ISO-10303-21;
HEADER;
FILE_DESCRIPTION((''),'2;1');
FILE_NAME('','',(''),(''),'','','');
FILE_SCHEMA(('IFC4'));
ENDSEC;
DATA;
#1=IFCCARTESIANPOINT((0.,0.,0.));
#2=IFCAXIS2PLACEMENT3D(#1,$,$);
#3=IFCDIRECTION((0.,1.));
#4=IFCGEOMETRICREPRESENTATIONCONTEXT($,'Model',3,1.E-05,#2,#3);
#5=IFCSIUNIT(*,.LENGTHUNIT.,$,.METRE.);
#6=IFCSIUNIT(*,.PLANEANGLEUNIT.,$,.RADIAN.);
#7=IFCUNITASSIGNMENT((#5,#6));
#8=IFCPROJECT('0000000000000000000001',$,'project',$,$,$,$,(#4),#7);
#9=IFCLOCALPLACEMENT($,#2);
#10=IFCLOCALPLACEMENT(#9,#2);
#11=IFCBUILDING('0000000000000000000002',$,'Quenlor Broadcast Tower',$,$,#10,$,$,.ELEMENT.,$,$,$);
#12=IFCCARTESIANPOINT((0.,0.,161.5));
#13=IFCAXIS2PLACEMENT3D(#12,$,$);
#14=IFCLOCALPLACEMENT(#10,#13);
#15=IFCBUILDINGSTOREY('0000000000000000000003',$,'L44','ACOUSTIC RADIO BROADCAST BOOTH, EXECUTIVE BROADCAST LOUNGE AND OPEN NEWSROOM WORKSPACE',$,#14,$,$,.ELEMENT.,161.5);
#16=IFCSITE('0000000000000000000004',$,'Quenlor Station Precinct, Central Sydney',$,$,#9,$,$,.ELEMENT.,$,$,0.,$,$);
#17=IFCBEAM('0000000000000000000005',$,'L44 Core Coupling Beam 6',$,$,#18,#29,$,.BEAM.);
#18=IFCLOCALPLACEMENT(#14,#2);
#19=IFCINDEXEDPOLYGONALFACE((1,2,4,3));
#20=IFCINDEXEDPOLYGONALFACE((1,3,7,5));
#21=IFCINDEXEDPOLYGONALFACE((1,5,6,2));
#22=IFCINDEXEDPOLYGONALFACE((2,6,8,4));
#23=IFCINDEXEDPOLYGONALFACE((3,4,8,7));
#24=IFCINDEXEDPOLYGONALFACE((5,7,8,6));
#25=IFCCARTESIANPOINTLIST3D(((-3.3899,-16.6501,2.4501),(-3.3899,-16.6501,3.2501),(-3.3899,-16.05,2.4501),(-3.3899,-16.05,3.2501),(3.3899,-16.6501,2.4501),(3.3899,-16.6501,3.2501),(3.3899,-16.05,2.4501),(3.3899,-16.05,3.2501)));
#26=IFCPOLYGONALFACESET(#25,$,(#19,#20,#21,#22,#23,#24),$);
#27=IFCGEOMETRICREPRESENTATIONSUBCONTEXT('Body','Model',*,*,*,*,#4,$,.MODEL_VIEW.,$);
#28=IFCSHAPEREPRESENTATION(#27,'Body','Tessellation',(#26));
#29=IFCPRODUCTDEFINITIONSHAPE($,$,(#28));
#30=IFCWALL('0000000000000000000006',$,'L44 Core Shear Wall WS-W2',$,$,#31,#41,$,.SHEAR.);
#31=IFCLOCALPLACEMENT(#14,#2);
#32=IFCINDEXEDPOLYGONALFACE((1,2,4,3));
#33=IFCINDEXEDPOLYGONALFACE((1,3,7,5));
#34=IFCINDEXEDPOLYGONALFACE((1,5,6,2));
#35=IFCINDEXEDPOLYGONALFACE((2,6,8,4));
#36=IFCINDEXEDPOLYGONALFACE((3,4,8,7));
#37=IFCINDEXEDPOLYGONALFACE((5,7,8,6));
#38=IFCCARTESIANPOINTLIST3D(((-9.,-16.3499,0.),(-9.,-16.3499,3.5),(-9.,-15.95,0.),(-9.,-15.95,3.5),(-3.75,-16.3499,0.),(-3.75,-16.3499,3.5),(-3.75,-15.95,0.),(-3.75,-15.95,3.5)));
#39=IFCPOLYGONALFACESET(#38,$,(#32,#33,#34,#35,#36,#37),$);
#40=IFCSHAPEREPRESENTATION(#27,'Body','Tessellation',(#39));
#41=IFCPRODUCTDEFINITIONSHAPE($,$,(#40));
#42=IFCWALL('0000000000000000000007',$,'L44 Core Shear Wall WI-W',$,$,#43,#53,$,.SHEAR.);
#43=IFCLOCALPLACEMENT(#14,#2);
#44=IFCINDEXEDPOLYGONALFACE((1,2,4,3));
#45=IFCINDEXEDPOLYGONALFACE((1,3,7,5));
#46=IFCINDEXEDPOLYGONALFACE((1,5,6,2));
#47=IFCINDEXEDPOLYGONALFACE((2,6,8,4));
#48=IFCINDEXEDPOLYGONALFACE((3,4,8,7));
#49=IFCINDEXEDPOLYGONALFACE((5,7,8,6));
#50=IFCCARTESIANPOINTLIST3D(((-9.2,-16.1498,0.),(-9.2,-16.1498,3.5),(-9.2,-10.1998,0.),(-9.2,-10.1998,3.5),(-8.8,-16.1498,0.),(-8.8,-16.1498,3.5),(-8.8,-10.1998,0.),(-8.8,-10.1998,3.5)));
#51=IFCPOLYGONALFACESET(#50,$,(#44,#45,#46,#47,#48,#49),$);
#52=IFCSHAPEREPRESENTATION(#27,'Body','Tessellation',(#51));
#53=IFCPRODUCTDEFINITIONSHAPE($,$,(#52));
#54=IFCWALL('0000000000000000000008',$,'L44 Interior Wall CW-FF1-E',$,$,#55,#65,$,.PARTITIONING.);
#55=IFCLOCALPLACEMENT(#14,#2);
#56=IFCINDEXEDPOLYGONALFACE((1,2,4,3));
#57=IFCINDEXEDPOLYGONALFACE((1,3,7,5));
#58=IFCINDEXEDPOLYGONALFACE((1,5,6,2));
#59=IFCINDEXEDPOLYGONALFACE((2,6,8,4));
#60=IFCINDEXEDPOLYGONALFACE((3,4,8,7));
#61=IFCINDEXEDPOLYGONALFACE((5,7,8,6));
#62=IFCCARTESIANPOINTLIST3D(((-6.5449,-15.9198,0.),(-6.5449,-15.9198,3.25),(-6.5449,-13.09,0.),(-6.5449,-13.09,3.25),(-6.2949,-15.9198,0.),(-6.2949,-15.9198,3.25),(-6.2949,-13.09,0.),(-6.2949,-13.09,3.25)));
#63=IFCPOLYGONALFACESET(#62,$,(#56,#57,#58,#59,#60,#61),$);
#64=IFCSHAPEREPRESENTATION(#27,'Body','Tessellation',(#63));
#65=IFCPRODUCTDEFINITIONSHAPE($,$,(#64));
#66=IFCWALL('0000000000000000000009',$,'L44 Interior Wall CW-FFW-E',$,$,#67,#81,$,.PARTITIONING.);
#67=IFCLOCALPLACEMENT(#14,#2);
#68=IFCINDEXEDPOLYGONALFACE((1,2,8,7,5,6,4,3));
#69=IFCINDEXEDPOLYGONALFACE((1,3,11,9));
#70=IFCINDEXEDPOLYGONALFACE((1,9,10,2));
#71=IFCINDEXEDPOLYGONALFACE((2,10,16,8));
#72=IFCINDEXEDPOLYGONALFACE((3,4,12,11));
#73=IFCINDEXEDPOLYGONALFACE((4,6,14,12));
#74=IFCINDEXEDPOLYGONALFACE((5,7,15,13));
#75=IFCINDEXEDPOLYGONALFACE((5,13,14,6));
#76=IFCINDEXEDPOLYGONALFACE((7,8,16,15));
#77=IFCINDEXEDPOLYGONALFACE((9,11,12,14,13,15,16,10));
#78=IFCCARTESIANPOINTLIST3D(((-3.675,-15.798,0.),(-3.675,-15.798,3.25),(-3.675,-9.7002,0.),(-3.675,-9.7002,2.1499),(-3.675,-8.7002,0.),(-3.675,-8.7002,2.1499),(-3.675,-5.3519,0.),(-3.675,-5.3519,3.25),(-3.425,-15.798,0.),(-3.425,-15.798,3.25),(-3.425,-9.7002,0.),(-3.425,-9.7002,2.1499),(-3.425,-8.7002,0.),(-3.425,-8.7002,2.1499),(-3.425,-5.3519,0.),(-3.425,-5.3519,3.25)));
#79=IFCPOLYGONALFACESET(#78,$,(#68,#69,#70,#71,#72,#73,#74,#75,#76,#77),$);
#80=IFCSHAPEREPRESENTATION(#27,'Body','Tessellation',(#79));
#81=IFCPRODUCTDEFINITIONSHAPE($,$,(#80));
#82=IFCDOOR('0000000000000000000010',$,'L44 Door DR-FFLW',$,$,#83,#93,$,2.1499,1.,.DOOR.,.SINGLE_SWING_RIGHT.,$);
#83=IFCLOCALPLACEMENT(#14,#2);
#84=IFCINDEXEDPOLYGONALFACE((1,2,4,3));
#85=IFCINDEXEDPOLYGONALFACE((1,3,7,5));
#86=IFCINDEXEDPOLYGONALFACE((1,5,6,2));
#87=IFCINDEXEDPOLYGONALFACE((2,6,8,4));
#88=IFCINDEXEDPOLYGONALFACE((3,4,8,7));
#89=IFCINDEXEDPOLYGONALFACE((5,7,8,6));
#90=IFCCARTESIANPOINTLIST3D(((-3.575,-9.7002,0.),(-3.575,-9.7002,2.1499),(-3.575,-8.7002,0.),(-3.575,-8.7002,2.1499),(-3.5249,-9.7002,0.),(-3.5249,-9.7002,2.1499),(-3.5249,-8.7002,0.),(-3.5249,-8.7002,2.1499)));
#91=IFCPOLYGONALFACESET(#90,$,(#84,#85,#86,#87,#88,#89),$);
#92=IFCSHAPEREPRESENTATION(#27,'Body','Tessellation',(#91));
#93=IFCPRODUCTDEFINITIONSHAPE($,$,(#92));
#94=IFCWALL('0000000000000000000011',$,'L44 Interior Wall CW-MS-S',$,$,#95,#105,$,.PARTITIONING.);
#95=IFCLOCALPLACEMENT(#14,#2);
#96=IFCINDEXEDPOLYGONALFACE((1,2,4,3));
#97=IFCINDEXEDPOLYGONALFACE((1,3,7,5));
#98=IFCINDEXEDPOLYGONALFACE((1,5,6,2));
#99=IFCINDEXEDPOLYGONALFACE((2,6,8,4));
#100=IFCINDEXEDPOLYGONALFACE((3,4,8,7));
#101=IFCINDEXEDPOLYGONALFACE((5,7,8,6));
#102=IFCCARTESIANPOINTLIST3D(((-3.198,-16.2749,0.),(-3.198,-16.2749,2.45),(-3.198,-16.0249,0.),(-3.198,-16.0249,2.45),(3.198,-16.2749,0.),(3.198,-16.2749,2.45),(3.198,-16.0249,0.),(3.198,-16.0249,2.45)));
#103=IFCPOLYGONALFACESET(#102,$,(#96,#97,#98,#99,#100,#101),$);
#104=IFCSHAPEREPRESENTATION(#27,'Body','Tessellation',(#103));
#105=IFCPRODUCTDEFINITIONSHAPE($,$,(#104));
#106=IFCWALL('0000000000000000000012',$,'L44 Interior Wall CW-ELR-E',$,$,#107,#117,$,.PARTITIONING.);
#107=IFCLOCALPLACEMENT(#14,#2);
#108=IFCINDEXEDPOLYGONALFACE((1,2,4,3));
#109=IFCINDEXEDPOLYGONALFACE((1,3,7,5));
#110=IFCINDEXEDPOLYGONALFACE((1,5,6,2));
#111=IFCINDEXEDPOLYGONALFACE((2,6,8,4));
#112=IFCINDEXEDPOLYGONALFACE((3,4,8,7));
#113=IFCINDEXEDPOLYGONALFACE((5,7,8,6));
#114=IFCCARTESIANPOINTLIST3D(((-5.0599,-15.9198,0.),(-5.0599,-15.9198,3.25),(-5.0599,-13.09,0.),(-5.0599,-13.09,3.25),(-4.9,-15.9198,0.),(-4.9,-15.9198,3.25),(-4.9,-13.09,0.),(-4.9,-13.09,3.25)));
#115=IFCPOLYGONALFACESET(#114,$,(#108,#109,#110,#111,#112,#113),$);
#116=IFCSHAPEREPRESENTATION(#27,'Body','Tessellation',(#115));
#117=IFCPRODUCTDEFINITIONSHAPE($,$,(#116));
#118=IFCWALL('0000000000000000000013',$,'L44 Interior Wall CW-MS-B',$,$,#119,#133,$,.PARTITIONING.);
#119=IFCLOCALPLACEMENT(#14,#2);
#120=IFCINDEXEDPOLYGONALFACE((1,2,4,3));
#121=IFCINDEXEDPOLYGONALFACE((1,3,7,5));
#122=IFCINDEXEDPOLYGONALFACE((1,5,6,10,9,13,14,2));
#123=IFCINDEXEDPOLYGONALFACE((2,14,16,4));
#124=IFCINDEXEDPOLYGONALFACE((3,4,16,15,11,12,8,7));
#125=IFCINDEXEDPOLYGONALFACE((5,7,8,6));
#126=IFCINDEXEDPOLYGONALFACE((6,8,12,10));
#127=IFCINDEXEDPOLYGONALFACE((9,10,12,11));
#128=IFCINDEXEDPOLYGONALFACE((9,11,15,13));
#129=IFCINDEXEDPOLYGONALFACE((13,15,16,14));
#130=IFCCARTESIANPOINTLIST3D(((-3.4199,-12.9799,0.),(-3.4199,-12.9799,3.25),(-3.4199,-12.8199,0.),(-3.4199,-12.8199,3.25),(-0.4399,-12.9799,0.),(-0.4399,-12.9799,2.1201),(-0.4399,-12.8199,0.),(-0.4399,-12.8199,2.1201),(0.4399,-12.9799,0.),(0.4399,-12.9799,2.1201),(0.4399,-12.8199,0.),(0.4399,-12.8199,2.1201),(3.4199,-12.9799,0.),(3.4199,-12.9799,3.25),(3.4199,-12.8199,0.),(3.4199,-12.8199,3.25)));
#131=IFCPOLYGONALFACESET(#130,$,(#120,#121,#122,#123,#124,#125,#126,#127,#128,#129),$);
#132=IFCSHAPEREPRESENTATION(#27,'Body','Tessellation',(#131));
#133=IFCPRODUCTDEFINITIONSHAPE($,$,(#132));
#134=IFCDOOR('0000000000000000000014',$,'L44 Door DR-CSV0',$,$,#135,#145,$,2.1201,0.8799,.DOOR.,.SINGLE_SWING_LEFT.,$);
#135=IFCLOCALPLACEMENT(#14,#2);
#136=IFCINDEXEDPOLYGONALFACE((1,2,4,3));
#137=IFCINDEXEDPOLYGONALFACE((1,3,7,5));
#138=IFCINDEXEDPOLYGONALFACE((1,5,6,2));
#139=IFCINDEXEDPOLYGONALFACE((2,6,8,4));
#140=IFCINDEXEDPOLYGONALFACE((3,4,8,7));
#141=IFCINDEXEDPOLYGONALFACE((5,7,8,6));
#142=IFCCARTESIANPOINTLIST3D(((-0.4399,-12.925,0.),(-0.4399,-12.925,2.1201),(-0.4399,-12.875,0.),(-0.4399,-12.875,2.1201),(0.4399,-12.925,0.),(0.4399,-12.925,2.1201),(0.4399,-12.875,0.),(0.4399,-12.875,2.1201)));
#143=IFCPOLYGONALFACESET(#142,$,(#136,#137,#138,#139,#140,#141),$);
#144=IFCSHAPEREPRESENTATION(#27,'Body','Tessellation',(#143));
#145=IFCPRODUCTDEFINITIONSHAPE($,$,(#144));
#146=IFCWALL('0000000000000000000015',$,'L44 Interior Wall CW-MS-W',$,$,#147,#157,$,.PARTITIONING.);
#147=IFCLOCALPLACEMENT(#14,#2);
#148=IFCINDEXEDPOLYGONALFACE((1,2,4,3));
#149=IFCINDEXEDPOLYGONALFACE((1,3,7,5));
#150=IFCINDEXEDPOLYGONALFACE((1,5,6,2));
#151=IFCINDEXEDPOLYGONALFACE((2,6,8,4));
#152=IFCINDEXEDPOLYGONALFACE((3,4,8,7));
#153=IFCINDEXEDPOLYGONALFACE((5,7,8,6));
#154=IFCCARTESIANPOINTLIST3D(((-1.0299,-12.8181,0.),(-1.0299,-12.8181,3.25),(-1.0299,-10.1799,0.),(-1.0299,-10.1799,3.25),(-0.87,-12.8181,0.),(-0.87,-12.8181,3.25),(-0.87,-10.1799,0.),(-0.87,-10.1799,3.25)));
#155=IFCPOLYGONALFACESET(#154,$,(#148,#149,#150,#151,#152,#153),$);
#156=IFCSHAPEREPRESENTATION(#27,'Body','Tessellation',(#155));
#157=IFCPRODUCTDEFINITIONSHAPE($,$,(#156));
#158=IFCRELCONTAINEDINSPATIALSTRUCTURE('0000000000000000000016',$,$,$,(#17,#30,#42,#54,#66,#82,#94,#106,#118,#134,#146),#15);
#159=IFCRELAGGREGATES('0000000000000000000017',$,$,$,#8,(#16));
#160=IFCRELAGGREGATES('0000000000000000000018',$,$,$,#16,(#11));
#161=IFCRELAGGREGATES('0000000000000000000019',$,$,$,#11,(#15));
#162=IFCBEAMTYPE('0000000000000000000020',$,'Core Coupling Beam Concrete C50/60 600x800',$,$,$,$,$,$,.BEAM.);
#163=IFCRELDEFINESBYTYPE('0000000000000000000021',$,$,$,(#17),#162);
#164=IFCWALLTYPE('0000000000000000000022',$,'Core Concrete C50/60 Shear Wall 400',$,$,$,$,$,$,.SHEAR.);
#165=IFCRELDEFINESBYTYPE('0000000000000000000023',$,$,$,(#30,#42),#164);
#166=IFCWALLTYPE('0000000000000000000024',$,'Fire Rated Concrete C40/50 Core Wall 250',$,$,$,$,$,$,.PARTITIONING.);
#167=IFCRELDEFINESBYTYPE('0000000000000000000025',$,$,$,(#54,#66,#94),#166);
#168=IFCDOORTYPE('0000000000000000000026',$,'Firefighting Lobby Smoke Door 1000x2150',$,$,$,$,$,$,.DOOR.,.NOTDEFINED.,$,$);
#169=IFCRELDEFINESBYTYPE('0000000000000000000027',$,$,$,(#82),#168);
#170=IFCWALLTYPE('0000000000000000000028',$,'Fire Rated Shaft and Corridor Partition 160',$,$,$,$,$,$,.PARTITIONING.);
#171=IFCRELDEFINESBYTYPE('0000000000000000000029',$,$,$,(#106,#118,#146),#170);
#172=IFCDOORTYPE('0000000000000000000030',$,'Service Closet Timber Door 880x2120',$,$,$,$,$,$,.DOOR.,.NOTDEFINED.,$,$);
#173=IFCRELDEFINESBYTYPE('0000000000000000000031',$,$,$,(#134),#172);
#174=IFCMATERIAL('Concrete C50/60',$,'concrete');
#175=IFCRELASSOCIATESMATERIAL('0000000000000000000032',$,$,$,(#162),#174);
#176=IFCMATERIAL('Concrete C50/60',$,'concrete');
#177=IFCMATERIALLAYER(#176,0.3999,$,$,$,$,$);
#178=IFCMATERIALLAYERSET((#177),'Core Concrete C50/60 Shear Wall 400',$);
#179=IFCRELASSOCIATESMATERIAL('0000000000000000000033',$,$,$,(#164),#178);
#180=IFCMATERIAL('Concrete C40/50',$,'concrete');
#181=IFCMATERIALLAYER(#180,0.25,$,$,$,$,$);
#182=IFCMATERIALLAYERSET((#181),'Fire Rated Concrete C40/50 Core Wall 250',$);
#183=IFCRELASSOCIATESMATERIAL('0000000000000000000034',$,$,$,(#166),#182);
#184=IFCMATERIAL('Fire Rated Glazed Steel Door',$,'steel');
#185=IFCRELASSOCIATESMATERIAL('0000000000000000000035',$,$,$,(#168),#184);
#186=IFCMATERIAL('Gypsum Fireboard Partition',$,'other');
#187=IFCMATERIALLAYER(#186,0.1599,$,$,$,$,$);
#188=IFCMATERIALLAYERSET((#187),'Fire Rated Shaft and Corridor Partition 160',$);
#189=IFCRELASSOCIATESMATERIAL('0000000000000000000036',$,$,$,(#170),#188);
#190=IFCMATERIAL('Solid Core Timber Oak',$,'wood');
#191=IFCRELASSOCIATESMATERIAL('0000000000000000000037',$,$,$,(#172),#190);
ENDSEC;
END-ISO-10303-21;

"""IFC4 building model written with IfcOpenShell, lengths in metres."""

from ifc_helpers import new_model, si_unit, direction, frame, frame_2d, origin, origin_2d, place, context, subcontext, project, spatial, rectangle, extrude, material, layer, layer_set, material_profile, profile_set, type_object, element, fill, save


model = new_model("IFC4")

# Units and contexts
model_context = context("Model", 3, precision=1e-05, world=origin(), true_north=direction((0.0, 1.0)))
body_context = subcontext(model_context, "Body", "Model", "MODEL_VIEW")
ifc_project = project(units=[si_unit("LENGTHUNIT", "METRE"), si_unit("PLANEANGLEUNIT", "RADIAN")], contexts=[model_context])

# Site, building, storey
site_placement = place(None, origin())
site = spatial("IfcSite", under=ifc_project, at=site_placement, Name="Quenlor Station Precinct, Central Sydney", CompositionType="ELEMENT", RefElevation=0.0)
building_placement = place(site_placement, origin())
building = spatial("IfcBuilding", under=site, at=building_placement, Name="Quenlor Broadcast Tower", CompositionType="ELEMENT")
storey_placement = place(building_placement, frame((0.0, 0.0, 161.5)))
storey = spatial("IfcBuildingStorey", under=building, at=storey_placement, Name="L44", Description="ACOUSTIC RADIO BROADCAST BOOTH, EXECUTIVE BROADCAST LOUNGE AND OPEN NEWSROOM WORKSPACE", CompositionType="ELEMENT", Elevation=161.5)

# Beam
ifc_material_1 = material(Name="Concrete C50/60", Category="concrete")
ifc_material_profile = material_profile(ifc_material_1, rectangle(XDim=0.6001, YDim=0.8, at=origin_2d()))
ifc_profile_set = profile_set([ifc_material_profile], Name="Concrete C50/60 RCB600x800")
beam_type = type_object("IfcBeamType", Name="Core Coupling Beam Concrete C50/60 600x800", PredefinedType="BEAM", material=ifc_profile_set)
beam_placement = place(storey_placement, frame((-3.3899, -16.3501, 2.8501), z_axis=(1.0, 0.0, 0.0), x_axis=(0.0, 1.0, 0.0)))
element("IfcBeam", 1, at=beam_placement, inside=storey, type_object=beam_type, Name="L44 Core Coupling Beam 6", PredefinedType="BEAM", context=body_context, shape_type="SweptSolid", body=[
    extrude(rectangle(XDim=0.6001, YDim=0.8, at=origin_2d()), origin(), (0.0, 0.0, 1.0), 6.7798),
])

# Walls
ifc_material_2 = material(Name="Concrete C50/60", Category="concrete")
ifc_layer_1 = layer(ifc_material_2, 0.3999)
ifc_layer_set_1 = layer_set([ifc_layer_1], Name="Core Concrete C50/60 Shear Wall 400")
wall_type_1 = type_object("IfcWallType", Name="Core Concrete C50/60 Shear Wall 400", PredefinedType="SHEAR", material=ifc_layer_set_1)
wall_1_placement = place(storey_placement, frame((-9.0, -16.1499, 0.0), z_axis=(0.0, 0.0, 1.0), x_axis=(1.0, 0.0, 0.0)))
element("IfcWall", 2, at=wall_1_placement, inside=storey, type_object=wall_type_1, Name="L44 Core Shear Wall WS-W2", PredefinedType="SHEAR", context=body_context, shape_type="SweptSolid", body=[
    extrude(rectangle(XDim=5.25, YDim=0.3999, at=frame_2d((2.625, 0.0))), origin(), (0.0, 0.0, 1.0), 3.5),
])
wall_2_placement = place(storey_placement, frame((-9.0, -16.1499, 0.0), z_axis=(0.0, 0.0, 1.0), x_axis=(0.0, 1.0, 0.0)))
element("IfcWall", 3, at=wall_2_placement, inside=storey, type_object=wall_type_1, Name="L44 Core Shear Wall WI-W", PredefinedType="SHEAR", context=body_context, shape_type="SweptSolid", body=[
    extrude(rectangle(XDim=5.95, YDim=0.3999, at=frame_2d((2.9751, 0.0))), origin(), (0.0, 0.0, 1.0), 3.5),
])

# Shared definitions
ifc_material_3 = material(Name="Concrete C40/50", Category="concrete")
ifc_layer_2 = layer(ifc_material_3, 0.25)
ifc_layer_set_2 = layer_set([ifc_layer_2], Name="Fire Rated Concrete C40/50 Core Wall 250")
wall_type_2 = type_object("IfcWallType", Name="Fire Rated Concrete C40/50 Core Wall 250", PredefinedType="PARTITIONING", material=ifc_layer_set_2)

# Wall
wall_3_placement = place(storey_placement, frame((-6.4199, -15.9199, 0.0), z_axis=(0.0, 0.0, 1.0), x_axis=(0.0, 1.0, 0.0)))
element("IfcWall", 4, at=wall_3_placement, inside=storey, type_object=wall_type_2, Name="L44 Interior Wall CW-FF1-E", PredefinedType="PARTITIONING", context=body_context, shape_type="SweptSolid", body=[
    extrude(rectangle(XDim=2.8298, YDim=0.25, at=frame_2d((1.415, 0.0))), origin(), (0.0, 0.0, 1.0), 3.25),
])

# Wall, opening, door
wall_4_placement = place(storey_placement, frame((-3.55, -15.7981, 0.0), z_axis=(0.0, 0.0, 1.0), x_axis=(0.0, 1.0, 0.0)))
wall_4 = element("IfcWall", 5, at=wall_4_placement, inside=storey, type_object=wall_type_2, Name="L44 Interior Wall CW-FFW-E", PredefinedType="PARTITIONING", context=body_context, shape_type="SweptSolid", body=[
    extrude(rectangle(XDim=10.446, YDim=0.25, at=frame_2d((5.2231, 0.0))), origin(), (0.0, 0.0, 1.0), 3.25),
])
opening_1_placement = place(wall_4_placement, frame((6.0979, 0.0, 0.0)))
opening_1 = element("IfcOpeningElement", 6, at=opening_1_placement, cuts=wall_4, PredefinedType="OPENING", context=body_context, shape_type="SweptSolid", body=[
    extrude(rectangle(XDim=1.0, YDim=2.1499, at=frame_2d((0.5, 1.075))), frame((0.0, 0.135, 0.0), z_axis=(0.0, -1.0, 0.0), x_axis=(1.0, 0.0, 0.0)), (0.0, 0.0, 1.0), 0.27),
])
ifc_material_4 = material(Name="Fire Rated Glazed Steel Door", Category="steel")
door_type_1 = type_object("IfcDoorType", Name="Firefighting Lobby Smoke Door 1000x2150", OperationType="NOTDEFINED", PredefinedType="DOOR", material=ifc_material_4)
door_1_placement = place(opening_1_placement, origin())
door_1 = element("IfcDoor", 7, at=door_1_placement, inside=storey, type_object=door_type_1, Name="L44 Door DR-FFLW", OperationType="SINGLE_SWING_RIGHT", OverallHeight=2.1499, OverallWidth=1.0, PredefinedType="DOOR", context=body_context, shape_type="SweptSolid", body=[
    extrude(rectangle(XDim=1.0, YDim=2.1499, at=frame_2d((0.5, 1.075))), frame((0.0, 0.0249, 0.0), z_axis=(0.0, -1.0, 0.0), x_axis=(1.0, 0.0, 0.0)), (0.0, 0.0, 1.0), 0.05),
])
fill(opening_1, door_1)

# Walls
wall_5_placement = place(storey_placement, frame((-3.198, -16.1499, 0.0), z_axis=(0.0, 0.0, 1.0), x_axis=(1.0, 0.0, 0.0)))
element("IfcWall", 8, at=wall_5_placement, inside=storey, type_object=wall_type_2, Name="L44 Interior Wall CW-MS-S", PredefinedType="PARTITIONING", context=body_context, shape_type="SweptSolid", body=[
    extrude(rectangle(XDim=6.396, YDim=0.25, at=frame_2d((3.198, 0.0))), origin(), (0.0, 0.0, 1.0), 2.45),
])
ifc_material_5 = material(Name="Gypsum Fireboard Partition", Category="other")
ifc_layer_3 = layer(ifc_material_5, 0.1599)
ifc_layer_set_3 = layer_set([ifc_layer_3], Name="Fire Rated Shaft and Corridor Partition 160")
wall_type_3 = type_object("IfcWallType", Name="Fire Rated Shaft and Corridor Partition 160", PredefinedType="PARTITIONING", material=ifc_layer_set_3)
wall_6_placement = place(storey_placement, frame((-4.98, -15.9199, 0.0), z_axis=(0.0, 0.0, 1.0), x_axis=(0.0, 1.0, 0.0)))
element("IfcWall", 9, at=wall_6_placement, inside=storey, type_object=wall_type_3, Name="L44 Interior Wall CW-ELR-E", PredefinedType="PARTITIONING", context=body_context, shape_type="SweptSolid", body=[
    extrude(rectangle(XDim=2.8298, YDim=0.1599, at=frame_2d((1.415, 0.0))), origin(), (0.0, 0.0, 1.0), 3.25),
])

# Wall, opening, door
wall_7_placement = place(storey_placement, frame((-3.4199, -12.8999, 0.0), z_axis=(0.0, 0.0, 1.0), x_axis=(1.0, 0.0, 0.0)))
wall_7 = element("IfcWall", 10, at=wall_7_placement, inside=storey, type_object=wall_type_3, Name="L44 Interior Wall CW-MS-B", PredefinedType="PARTITIONING", context=body_context, shape_type="SweptSolid", body=[
    extrude(rectangle(XDim=6.8398, YDim=0.1599, at=frame_2d((3.4199, 0.0))), origin(), (0.0, 0.0, 1.0), 3.25),
])
opening_2_placement = place(wall_7_placement, frame((2.98, 0.0, 0.0)))
opening_2 = element("IfcOpeningElement", 11, at=opening_2_placement, cuts=wall_7, PredefinedType="OPENING", context=body_context, shape_type="SweptSolid", body=[
    extrude(rectangle(XDim=0.8799, YDim=2.1201, at=frame_2d((0.4399, 1.0601))), frame((0.0, 0.0898, 0.0), z_axis=(0.0, -1.0, 0.0), x_axis=(1.0, 0.0, 0.0)), (0.0, 0.0, 1.0), 0.1799),
])
ifc_material_6 = material(Name="Solid Core Timber Oak", Category="wood")
door_type_2 = type_object("IfcDoorType", Name="Service Closet Timber Door 880x2120", OperationType="NOTDEFINED", PredefinedType="DOOR", material=ifc_material_6)
door_2_placement = place(opening_2_placement, origin())
door_2 = element("IfcDoor", 12, at=door_2_placement, inside=storey, type_object=door_type_2, Name="L44 Door DR-CSV0", OperationType="SINGLE_SWING_LEFT", OverallHeight=2.1201, OverallWidth=0.8799, PredefinedType="DOOR", context=body_context, shape_type="SweptSolid", body=[
    extrude(rectangle(XDim=0.8799, YDim=2.1201, at=frame_2d((0.4399, 1.0601))), frame((0.0, 0.0249, 0.0), z_axis=(0.0, -1.0, 0.0), x_axis=(1.0, 0.0, 0.0)), (0.0, 0.0, 1.0), 0.05),
])
fill(opening_2, door_2)

# Wall
wall_8_placement = place(storey_placement, frame((-0.95, -12.8181, 0.0), z_axis=(0.0, 0.0, 1.0), x_axis=(0.0, 1.0, 0.0)))
element("IfcWall", 13, at=wall_8_placement, inside=storey, type_object=wall_type_3, Name="L44 Interior Wall CW-MS-W", PredefinedType="PARTITIONING", context=body_context, shape_type="SweptSolid", body=[
    extrude(rectangle(XDim=2.6382, YDim=0.1599, at=frame_2d((1.3191, 0.0))), origin(), (0.0, 0.0, 1.0), 3.25),
])

save(model, "model.ifc")
